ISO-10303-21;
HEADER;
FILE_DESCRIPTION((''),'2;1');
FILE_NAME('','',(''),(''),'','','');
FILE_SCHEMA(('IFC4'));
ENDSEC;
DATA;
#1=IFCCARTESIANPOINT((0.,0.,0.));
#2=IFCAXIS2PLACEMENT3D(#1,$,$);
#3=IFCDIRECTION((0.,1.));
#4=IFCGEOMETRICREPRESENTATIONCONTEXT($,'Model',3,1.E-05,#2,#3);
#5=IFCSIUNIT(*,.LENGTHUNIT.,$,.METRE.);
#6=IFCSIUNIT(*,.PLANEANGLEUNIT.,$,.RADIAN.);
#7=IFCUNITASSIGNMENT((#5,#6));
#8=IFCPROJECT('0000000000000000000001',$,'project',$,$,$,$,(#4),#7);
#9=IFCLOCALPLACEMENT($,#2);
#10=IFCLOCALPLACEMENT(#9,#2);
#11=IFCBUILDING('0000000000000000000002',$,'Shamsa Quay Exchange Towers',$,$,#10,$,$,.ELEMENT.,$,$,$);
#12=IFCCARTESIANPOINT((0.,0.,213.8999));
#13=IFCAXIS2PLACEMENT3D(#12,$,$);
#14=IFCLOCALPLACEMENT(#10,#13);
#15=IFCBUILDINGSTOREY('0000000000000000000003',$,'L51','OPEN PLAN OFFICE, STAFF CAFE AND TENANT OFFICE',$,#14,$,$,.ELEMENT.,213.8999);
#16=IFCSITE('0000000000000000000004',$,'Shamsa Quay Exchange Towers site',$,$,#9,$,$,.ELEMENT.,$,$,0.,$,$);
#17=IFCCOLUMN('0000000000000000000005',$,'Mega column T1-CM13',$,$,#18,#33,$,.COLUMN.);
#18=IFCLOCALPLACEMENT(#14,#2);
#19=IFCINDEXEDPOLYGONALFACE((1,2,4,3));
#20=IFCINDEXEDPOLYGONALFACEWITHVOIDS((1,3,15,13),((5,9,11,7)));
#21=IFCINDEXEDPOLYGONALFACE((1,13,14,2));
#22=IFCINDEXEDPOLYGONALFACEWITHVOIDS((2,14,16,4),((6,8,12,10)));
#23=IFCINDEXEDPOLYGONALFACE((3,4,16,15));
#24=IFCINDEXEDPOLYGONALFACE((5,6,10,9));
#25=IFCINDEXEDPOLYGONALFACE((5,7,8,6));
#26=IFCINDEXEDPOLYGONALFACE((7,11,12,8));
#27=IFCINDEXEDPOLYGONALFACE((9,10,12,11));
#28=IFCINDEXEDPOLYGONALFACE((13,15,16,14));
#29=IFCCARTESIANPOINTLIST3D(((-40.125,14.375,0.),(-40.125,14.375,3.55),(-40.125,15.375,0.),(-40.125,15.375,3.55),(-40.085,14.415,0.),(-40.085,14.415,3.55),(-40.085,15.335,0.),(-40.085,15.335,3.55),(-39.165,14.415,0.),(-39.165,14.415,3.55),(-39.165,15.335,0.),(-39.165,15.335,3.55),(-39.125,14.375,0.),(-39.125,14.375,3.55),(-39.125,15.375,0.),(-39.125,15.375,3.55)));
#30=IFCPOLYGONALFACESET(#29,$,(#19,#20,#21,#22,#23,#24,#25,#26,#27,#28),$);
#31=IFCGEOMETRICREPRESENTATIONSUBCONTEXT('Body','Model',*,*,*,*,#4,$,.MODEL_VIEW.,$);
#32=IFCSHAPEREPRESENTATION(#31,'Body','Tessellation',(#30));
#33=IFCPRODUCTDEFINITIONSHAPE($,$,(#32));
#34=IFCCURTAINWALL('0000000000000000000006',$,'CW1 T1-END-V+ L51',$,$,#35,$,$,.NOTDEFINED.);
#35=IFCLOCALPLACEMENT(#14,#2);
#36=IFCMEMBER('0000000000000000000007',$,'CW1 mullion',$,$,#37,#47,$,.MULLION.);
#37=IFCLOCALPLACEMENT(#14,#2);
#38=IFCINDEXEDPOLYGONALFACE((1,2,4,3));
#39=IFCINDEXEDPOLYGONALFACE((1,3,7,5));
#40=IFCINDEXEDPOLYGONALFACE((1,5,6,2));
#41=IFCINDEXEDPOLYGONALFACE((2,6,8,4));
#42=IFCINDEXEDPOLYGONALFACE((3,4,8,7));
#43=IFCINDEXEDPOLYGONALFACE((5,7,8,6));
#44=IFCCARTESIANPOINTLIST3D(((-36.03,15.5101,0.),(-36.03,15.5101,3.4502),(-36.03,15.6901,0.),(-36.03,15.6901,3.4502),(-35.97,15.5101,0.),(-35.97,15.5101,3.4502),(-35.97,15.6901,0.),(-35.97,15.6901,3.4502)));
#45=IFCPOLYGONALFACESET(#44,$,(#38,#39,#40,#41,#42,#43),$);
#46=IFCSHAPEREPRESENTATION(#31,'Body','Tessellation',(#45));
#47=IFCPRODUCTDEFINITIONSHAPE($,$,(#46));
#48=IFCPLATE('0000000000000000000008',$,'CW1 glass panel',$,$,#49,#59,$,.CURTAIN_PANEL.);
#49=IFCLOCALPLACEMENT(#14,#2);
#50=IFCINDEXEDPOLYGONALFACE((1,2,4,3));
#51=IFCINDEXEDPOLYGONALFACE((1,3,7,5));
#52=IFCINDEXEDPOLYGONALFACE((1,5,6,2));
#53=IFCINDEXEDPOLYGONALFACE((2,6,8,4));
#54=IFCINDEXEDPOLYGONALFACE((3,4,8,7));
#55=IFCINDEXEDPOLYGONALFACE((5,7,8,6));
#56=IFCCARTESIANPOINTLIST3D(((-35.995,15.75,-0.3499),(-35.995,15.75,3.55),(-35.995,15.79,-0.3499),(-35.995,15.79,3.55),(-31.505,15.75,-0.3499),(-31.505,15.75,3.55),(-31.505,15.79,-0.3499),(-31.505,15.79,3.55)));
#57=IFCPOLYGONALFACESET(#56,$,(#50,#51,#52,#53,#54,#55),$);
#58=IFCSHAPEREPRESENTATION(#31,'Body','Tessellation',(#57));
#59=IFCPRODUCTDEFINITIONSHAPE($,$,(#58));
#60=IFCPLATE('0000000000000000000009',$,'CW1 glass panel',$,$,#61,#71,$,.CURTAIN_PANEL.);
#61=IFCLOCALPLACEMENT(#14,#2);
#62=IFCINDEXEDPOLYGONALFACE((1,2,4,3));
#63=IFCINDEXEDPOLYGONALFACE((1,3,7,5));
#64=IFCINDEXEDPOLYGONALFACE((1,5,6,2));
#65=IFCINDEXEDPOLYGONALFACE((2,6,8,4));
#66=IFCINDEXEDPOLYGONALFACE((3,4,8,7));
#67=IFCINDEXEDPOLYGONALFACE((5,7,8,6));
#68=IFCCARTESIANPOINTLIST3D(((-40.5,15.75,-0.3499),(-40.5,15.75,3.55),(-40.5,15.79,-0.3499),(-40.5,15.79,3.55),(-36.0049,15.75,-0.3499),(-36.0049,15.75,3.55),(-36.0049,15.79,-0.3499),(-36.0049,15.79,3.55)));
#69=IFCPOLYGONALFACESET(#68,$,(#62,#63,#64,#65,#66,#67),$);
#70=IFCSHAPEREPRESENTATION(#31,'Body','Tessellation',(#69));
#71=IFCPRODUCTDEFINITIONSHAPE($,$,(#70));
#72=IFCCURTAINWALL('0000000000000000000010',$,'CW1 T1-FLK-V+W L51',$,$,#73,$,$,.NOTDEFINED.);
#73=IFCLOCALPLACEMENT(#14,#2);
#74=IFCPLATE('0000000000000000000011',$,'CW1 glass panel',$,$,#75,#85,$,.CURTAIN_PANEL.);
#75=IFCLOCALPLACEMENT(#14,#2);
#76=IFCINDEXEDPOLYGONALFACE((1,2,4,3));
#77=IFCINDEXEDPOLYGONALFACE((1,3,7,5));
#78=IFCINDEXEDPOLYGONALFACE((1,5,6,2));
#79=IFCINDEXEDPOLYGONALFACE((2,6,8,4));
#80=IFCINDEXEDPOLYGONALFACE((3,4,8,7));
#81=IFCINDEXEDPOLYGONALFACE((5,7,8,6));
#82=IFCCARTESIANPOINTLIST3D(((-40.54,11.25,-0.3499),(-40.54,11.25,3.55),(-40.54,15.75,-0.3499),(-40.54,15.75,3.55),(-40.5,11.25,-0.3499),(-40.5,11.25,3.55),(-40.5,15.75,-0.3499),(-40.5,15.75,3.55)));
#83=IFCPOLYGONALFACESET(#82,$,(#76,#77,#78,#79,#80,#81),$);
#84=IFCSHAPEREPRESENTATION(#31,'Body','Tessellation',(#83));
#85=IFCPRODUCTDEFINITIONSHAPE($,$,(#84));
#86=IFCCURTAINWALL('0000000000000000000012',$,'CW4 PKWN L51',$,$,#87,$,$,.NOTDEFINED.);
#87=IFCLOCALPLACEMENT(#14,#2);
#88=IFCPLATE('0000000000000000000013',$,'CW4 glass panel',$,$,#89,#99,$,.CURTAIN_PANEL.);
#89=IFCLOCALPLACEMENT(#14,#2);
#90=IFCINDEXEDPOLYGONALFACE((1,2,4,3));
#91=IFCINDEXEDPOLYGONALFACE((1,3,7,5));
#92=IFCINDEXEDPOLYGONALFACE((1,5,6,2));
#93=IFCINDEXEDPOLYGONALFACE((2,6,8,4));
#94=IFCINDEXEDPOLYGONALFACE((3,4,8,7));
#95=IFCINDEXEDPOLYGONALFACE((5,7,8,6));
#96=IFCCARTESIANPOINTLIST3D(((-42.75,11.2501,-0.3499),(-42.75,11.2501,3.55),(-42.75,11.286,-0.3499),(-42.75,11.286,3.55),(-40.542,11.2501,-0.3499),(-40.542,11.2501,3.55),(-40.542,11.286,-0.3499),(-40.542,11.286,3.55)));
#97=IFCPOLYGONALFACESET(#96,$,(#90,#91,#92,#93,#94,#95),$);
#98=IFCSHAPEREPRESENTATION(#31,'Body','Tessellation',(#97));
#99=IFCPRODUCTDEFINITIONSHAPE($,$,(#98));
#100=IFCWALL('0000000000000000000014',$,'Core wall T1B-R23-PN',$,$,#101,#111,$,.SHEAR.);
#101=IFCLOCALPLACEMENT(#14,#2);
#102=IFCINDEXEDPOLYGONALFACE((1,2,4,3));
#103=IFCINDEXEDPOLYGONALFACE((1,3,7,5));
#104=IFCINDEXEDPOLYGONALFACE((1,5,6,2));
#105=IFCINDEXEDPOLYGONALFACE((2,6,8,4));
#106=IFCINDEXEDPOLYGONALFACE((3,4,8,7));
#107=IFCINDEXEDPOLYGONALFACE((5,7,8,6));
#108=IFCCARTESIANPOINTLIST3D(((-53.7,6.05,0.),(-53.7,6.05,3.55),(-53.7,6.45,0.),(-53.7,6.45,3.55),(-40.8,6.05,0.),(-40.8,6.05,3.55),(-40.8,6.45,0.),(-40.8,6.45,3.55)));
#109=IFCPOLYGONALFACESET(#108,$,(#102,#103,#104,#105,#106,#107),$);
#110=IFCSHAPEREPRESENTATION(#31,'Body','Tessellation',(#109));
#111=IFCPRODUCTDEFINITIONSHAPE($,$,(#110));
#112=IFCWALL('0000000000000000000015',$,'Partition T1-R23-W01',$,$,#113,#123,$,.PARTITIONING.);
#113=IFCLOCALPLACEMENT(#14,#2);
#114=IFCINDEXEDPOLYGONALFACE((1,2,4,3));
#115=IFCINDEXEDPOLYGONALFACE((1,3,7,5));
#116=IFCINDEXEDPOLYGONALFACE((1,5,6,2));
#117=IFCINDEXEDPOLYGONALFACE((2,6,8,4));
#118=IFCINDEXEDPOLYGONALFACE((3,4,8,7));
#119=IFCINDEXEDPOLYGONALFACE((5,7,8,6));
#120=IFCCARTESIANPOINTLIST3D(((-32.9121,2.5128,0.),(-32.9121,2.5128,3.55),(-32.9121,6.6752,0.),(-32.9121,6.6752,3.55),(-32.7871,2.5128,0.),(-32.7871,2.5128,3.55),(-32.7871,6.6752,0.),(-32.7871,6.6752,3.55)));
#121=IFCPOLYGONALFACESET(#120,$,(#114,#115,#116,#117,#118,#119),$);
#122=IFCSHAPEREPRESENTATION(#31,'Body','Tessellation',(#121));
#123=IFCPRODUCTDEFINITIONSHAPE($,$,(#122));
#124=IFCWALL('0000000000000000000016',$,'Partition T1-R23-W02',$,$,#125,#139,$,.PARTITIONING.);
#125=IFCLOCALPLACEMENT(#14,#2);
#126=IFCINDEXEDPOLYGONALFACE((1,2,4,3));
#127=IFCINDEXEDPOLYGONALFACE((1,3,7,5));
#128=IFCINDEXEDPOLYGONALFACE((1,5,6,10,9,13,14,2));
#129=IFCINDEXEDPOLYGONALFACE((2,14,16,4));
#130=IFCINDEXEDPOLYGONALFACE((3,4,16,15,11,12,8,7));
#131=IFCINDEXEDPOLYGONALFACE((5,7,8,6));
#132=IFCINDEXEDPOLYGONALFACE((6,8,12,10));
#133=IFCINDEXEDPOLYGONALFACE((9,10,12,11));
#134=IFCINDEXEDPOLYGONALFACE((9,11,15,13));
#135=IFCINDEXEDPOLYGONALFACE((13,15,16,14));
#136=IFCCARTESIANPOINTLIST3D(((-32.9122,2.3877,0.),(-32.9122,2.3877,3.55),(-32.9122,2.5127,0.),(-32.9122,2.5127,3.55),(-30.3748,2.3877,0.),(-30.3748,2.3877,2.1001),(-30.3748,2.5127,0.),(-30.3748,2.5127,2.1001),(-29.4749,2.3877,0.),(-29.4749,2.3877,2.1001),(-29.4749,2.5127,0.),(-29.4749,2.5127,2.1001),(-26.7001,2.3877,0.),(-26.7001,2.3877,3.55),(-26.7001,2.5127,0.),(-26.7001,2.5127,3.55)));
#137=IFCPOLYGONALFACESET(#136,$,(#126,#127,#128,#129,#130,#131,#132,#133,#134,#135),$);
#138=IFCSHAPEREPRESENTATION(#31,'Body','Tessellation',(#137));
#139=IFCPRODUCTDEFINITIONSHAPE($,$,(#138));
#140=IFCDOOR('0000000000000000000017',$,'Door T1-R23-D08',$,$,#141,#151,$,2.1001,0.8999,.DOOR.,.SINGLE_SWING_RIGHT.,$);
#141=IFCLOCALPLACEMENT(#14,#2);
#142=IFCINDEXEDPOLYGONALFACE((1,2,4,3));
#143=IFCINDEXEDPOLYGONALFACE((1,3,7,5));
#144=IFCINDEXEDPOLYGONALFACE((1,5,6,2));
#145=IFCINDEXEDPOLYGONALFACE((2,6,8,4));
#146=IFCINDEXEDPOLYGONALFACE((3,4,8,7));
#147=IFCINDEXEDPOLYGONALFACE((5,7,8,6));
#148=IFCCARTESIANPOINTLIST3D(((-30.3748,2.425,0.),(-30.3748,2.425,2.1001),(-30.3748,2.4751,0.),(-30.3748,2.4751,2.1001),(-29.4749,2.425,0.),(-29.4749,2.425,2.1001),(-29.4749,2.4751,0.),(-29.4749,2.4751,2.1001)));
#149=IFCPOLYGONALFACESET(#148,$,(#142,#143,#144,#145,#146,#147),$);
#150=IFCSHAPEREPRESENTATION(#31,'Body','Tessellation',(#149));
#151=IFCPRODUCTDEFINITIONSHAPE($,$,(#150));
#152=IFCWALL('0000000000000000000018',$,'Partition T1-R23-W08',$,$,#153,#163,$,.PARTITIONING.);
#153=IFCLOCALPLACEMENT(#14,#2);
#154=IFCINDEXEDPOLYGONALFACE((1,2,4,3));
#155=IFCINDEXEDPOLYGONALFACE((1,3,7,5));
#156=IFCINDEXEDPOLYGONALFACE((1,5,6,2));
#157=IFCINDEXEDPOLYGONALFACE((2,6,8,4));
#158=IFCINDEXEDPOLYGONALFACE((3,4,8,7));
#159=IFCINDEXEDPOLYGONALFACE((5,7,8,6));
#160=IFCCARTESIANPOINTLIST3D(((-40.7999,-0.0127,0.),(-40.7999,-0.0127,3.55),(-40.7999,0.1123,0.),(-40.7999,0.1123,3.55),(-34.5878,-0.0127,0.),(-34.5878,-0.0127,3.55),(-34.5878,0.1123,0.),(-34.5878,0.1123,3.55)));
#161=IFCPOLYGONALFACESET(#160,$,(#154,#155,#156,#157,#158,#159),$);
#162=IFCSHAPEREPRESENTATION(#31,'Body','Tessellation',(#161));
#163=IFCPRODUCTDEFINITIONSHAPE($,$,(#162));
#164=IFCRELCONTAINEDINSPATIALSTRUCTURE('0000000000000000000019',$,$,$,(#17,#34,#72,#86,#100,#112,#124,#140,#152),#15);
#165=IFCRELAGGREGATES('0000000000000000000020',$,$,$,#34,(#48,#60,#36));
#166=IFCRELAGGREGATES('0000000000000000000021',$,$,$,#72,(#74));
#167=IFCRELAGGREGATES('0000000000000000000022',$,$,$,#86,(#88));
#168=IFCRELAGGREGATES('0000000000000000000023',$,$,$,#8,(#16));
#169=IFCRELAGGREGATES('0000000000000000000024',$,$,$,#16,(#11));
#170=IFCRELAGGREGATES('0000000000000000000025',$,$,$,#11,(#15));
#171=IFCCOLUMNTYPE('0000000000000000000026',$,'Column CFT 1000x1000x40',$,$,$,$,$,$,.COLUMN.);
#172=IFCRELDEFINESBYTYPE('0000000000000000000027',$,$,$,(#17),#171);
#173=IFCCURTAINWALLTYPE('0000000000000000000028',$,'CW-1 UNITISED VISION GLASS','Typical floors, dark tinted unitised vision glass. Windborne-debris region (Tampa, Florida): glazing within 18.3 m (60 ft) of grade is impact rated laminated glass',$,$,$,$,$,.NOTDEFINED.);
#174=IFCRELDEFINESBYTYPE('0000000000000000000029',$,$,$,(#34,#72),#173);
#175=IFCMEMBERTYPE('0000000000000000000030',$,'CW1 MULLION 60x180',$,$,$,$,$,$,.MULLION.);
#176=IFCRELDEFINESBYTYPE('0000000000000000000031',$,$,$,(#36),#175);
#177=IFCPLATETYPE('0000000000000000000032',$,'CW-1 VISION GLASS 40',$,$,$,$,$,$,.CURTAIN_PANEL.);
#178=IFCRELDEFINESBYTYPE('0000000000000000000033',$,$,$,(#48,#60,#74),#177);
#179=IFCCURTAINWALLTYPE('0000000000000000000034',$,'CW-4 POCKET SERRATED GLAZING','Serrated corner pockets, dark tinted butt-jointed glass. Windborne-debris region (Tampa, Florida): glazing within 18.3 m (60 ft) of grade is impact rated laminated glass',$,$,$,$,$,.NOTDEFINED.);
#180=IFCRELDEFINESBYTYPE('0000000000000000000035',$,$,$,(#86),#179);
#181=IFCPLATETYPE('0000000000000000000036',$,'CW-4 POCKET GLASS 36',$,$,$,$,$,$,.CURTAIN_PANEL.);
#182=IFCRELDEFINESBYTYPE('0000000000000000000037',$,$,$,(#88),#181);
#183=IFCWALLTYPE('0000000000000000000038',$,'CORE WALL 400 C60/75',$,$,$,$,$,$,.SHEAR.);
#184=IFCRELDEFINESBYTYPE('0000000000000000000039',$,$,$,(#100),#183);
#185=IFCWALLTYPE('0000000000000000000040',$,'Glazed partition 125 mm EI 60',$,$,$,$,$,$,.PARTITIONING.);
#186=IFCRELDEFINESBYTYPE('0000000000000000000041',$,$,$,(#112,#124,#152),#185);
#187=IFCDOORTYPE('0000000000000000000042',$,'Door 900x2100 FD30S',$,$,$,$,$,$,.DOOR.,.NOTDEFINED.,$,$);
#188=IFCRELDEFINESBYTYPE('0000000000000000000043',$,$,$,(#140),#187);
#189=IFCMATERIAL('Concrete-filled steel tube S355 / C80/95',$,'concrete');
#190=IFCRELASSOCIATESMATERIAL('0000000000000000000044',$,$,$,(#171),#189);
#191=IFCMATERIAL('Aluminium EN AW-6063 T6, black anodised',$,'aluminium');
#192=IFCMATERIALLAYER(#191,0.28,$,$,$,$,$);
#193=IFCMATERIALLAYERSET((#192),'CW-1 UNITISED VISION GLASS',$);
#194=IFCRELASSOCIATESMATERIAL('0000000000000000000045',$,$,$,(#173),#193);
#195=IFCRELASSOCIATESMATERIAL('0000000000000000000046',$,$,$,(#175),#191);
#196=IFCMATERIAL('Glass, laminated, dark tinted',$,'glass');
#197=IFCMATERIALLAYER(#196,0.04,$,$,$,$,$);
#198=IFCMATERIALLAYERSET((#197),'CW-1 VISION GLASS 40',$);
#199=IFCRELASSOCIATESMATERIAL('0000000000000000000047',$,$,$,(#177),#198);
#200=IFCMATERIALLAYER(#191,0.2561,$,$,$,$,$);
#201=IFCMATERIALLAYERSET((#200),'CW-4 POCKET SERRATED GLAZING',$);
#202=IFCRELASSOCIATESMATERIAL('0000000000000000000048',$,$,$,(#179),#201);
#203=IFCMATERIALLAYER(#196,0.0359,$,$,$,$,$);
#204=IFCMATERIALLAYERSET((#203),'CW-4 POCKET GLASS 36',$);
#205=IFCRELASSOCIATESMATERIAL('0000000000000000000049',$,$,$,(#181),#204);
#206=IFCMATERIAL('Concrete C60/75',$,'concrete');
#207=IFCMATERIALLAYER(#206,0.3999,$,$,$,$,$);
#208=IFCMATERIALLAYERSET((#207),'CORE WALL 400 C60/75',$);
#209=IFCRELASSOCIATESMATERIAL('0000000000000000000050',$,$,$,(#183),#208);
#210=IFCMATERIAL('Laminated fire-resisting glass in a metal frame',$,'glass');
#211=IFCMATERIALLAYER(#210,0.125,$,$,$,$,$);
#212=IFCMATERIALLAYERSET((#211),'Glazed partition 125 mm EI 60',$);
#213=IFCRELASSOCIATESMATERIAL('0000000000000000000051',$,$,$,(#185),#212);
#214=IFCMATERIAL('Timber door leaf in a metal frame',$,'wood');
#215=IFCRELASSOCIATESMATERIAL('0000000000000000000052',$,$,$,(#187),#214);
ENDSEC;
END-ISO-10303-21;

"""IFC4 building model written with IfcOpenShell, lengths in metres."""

from ifc_helpers import new_model, si_unit, direction, frame, frame_2d, origin, origin_2d, place, context, subcontext, project, spatial, rectangle, hollow_rectangle, extrude, material, layer, layer_set, material_profile, profile_set, type_object, element, fill, aggregate, save


model = new_model("IFC4")

# Units and contexts
model_context = context("Model", 3, precision=1e-05, world=origin(), true_north=direction((0.0, 1.0)))
body_context = subcontext(model_context, "Body", "Model", "MODEL_VIEW")
ifc_project = project(units=[si_unit("LENGTHUNIT", "METRE"), si_unit("PLANEANGLEUNIT", "RADIAN")], contexts=[model_context])

# Site, building, storey
site_placement = place(None, origin())
site = spatial("IfcSite", under=ifc_project, at=site_placement, Name="Shamsa Quay Exchange Towers site", CompositionType="ELEMENT", RefElevation=0.0)
building_placement = place(site_placement, origin())
building = spatial("IfcBuilding", under=site, at=building_placement, Name="Shamsa Quay Exchange Towers", CompositionType="ELEMENT")
storey_placement = place(building_placement, frame((0.0, 0.0, 213.8999)))
storey = spatial("IfcBuildingStorey", under=building, at=storey_placement, Name="L51", Description="OPEN PLAN OFFICE, STAFF CAFE AND TENANT OFFICE", CompositionType="ELEMENT", Elevation=213.8999)

# Column
ifc_material_1 = material(Name="Concrete-filled steel tube S355 / C80/95", Category="concrete")
ifc_material_profile_1 = material_profile(ifc_material_1, hollow_rectangle(XDim=1.0, YDim=1.0, WallThickness=0.04, at=origin_2d()), Name="CFT 1000x1000x40")
ifc_profile_set_1 = profile_set([ifc_material_profile_1], Name="Concrete-filled steel tube S355 / C80/95")
column_type = type_object("IfcColumnType", Name="Column CFT 1000x1000x40", PredefinedType="COLUMN", material=ifc_profile_set_1)
column_placement = place(storey_placement, frame((-39.625, 14.875, 0.0)))
element("IfcColumn", 1, at=column_placement, inside=storey, type_object=column_type, Name="Mega column T1-CM13", PredefinedType="COLUMN", context=body_context, shape_type="SweptSolid", body=[
    extrude(hollow_rectangle(XDim=1.0, YDim=1.0, WallThickness=0.04, at=origin_2d()), origin(), (0.0, 0.0, 1.0), 3.55),
])

# Curtain wall, member, plates
ifc_material_2 = material(Name="Aluminium EN AW-6063 T6, black anodised", Category="aluminium")
ifc_layer_1 = layer(ifc_material_2, 0.28)
ifc_layer_set_1 = layer_set([ifc_layer_1], Name="CW-1 UNITISED VISION GLASS")
curtain_wall_type_1 = type_object("IfcCurtainWallType", Name="CW-1 UNITISED VISION GLASS", Description="Typical floors, dark tinted unitised vision glass. Windborne-debris region (Tampa, Florida): glazing within 18.3 m (60 ft) of grade is impact rated laminated glass", PredefinedType="NOTDEFINED", material=ifc_layer_set_1)
curtain_wall_1_placement = place(storey_placement, origin())
curtain_wall_1 = element("IfcCurtainWall", 2, at=curtain_wall_1_placement, inside=storey, type_object=curtain_wall_type_1, Name="CW1 T1-END-V+ L51", PredefinedType="NOTDEFINED")
ifc_material_profile_2 = material_profile(ifc_material_2, rectangle(XDim=0.1799, YDim=0.0601, at=origin_2d()), Name="MU60x180")
ifc_profile_set_2 = profile_set([ifc_material_profile_2], Name="Aluminium EN AW-6063 T6, black anodised")
member_type = type_object("IfcMemberType", Name="CW1 MULLION 60x180", PredefinedType="MULLION", material=ifc_profile_set_2)
member_placement = place(storey_placement, frame((-36.0, 15.6001, 0.0), z_axis=(0.0, 0.0, 1.0), x_axis=(0.0, -1.0, 0.0)))
member = element("IfcMember", 3, at=member_placement, type_object=member_type, Name="CW1 mullion", PredefinedType="MULLION", context=body_context, shape_type="SweptSolid", body=[
    extrude(rectangle(XDim=0.1799, YDim=0.0601, at=origin_2d()), origin(), (0.0, 0.0, 1.0), 3.4502),
])
ifc_material_3 = material(Name="Glass, laminated, dark tinted", Category="glass")
ifc_layer_2 = layer(ifc_material_3, 0.04)
ifc_layer_set_2 = layer_set([ifc_layer_2], Name="CW-1 VISION GLASS 40")
plate_type_1 = type_object("IfcPlateType", Name="CW-1 VISION GLASS 40", PredefinedType="CURTAIN_PANEL", material=ifc_layer_set_2)
plate_1_placement = place(storey_placement, frame((-33.75, 15.77, -0.3499), z_axis=(0.0, 0.0, 1.0), x_axis=(-1.0, 0.0, 0.0)))
plate_1 = element("IfcPlate", 4, at=plate_1_placement, type_object=plate_type_1, Name="CW1 glass panel", PredefinedType="CURTAIN_PANEL", context=body_context, shape_type="SweptSolid", body=[
    extrude(rectangle(XDim=4.49, YDim=0.04, at=origin_2d()), origin(), (0.0, 0.0, 1.0), 3.8999),
])
plate_2_placement = place(storey_placement, frame((-38.2524, 15.77, -0.3499), z_axis=(0.0, 0.0, 1.0), x_axis=(-1.0, 0.0, 0.0)))
plate_2 = element("IfcPlate", 5, at=plate_2_placement, type_object=plate_type_1, Name="CW1 glass panel", PredefinedType="CURTAIN_PANEL", context=body_context, shape_type="SweptSolid", body=[
    extrude(rectangle(XDim=4.4951, YDim=0.04, at=origin_2d()), origin(), (0.0, 0.0, 1.0), 3.8999),
])
aggregate(curtain_wall_1, [plate_1, plate_2, member])

# Curtain walls, plates
curtain_wall_2_placement = place(storey_placement, origin())
curtain_wall_2 = element("IfcCurtainWall", 6, at=curtain_wall_2_placement, inside=storey, type_object=curtain_wall_type_1, Name="CW1 T1-FLK-V+W L51", PredefinedType="NOTDEFINED")
plate_3_placement = place(storey_placement, frame((-40.52, 13.5, -0.3499), z_axis=(0.0, 0.0, 1.0), x_axis=(0.0, -1.0, 0.0)))
plate_3 = element("IfcPlate", 7, at=plate_3_placement, type_object=plate_type_1, Name="CW1 glass panel", PredefinedType="CURTAIN_PANEL", context=body_context, shape_type="SweptSolid", body=[
    extrude(rectangle(XDim=4.5, YDim=0.04, at=origin_2d()), origin(), (0.0, 0.0, 1.0), 3.8999),
])
aggregate(curtain_wall_2, [plate_3])
ifc_layer_3 = layer(ifc_material_2, 0.2561)
ifc_layer_set_3 = layer_set([ifc_layer_3], Name="CW-4 POCKET SERRATED GLAZING")
curtain_wall_type_2 = type_object("IfcCurtainWallType", Name="CW-4 POCKET SERRATED GLAZING", Description="Serrated corner pockets, dark tinted butt-jointed glass. Windborne-debris region (Tampa, Florida): glazing within 18.3 m (60 ft) of grade is impact rated laminated glass", PredefinedType="NOTDEFINED", material=ifc_layer_set_3)
curtain_wall_3_placement = place(storey_placement, origin())
curtain_wall_3 = element("IfcCurtainWall", 8, at=curtain_wall_3_placement, inside=storey, type_object=curtain_wall_type_2, Name="CW4 PKWN L51", PredefinedType="NOTDEFINED")
ifc_layer_4 = layer(ifc_material_3, 0.0359)
ifc_layer_set_4 = layer_set([ifc_layer_4], Name="CW-4 POCKET GLASS 36")
plate_type_2 = type_object("IfcPlateType", Name="CW-4 POCKET GLASS 36", PredefinedType="CURTAIN_PANEL", material=ifc_layer_set_4)
plate_4_placement = place(storey_placement, frame((-41.646, 11.2681, -0.3499), z_axis=(0.0, 0.0, 1.0), x_axis=(-1.0, 0.0, 0.0)))
plate_4 = element("IfcPlate", 9, at=plate_4_placement, type_object=plate_type_2, Name="CW4 glass panel", PredefinedType="CURTAIN_PANEL", context=body_context, shape_type="SweptSolid", body=[
    extrude(rectangle(XDim=2.208, YDim=0.0359, at=origin_2d()), origin(), (0.0, 0.0, 1.0), 3.8999),
])
aggregate(curtain_wall_3, [plate_4])

# Walls
ifc_material_4 = material(Name="Concrete C60/75", Category="concrete")
ifc_layer_5 = layer(ifc_material_4, 0.3999)
ifc_layer_set_5 = layer_set([ifc_layer_5], Name="CORE WALL 400 C60/75")
wall_type_1 = type_object("IfcWallType", Name="CORE WALL 400 C60/75", PredefinedType="SHEAR", material=ifc_layer_set_5)
wall_1_placement = place(storey_placement, frame((-40.8, 6.25, 0.0), z_axis=(0.0, 0.0, 1.0), x_axis=(-1.0, 0.0, 0.0)))
element("IfcWall", 10, at=wall_1_placement, inside=storey, type_object=wall_type_1, Name="Core wall T1B-R23-PN", PredefinedType="SHEAR", context=body_context, shape_type="SweptSolid", body=[
    extrude(rectangle(XDim=12.8999, YDim=0.3999, at=frame_2d((6.45, 0.0))), origin(), (0.0, 0.0, 1.0), 3.55),
])
ifc_material_5 = material(Name="Laminated fire-resisting glass in a metal frame", Category="glass")
ifc_layer_6 = layer(ifc_material_5, 0.125)
ifc_layer_set_6 = layer_set([ifc_layer_6], Name="Glazed partition 125 mm EI 60")
wall_type_2 = type_object("IfcWallType", Name="Glazed partition 125 mm EI 60", PredefinedType="PARTITIONING", material=ifc_layer_set_6)
wall_2_placement = place(storey_placement, frame((-32.8496, 6.675, 0.0), z_axis=(0.0, 0.0, 1.0), x_axis=(0.0, -1.0, 0.0)))
element("IfcWall", 11, at=wall_2_placement, inside=storey, type_object=wall_type_2, Name="Partition T1-R23-W01", PredefinedType="PARTITIONING", context=body_context, shape_type="SweptSolid", body=[
    extrude(rectangle(XDim=4.1624, YDim=0.125, at=frame_2d((2.0811, 0.0))), origin(), (0.0, 0.0, 1.0), 3.55),
])

# Wall, opening, door
wall_3_placement = place(storey_placement, frame((-32.9121, 2.4502, 0.0)))
wall_3 = element("IfcWall", 12, at=wall_3_placement, inside=storey, type_object=wall_type_2, Name="Partition T1-R23-W02", PredefinedType="PARTITIONING", context=body_context, shape_type="SweptSolid", body=[
    extrude(rectangle(XDim=6.2122, YDim=0.125, at=frame_2d((3.106, 0.0))), origin(), (0.0, 0.0, 1.0), 3.55),
])
opening_1_placement = place(wall_3_placement, frame((2.5374, 0.0, 0.0)))
opening_1 = element("IfcOpeningElement", 13, at=opening_1_placement, cuts=wall_3, PredefinedType="OPENING", context=body_context, shape_type="SweptSolid", body=[
    extrude(rectangle(XDim=0.8999, YDim=2.1001, at=frame_2d((0.45, 1.05))), frame((0.0, 0.0725, 0.0), z_axis=(0.0, -1.0, 0.0), x_axis=(1.0, 0.0, 0.0)), (0.0, 0.0, 1.0), 0.145),
])
ifc_material_6 = material(Name="Timber door leaf in a metal frame", Category="wood")
door_type_1 = type_object("IfcDoorType", Name="Door 900x2100 FD30S", OperationType="NOTDEFINED", PredefinedType="DOOR", material=ifc_material_6)
door_1_placement = place(opening_1_placement, origin())
door_1 = element("IfcDoor", 14, at=door_1_placement, inside=storey, type_object=door_type_1, Name="Door T1-R23-D08", OperationType="SINGLE_SWING_RIGHT", OverallHeight=2.1001, OverallWidth=0.8999, PredefinedType="DOOR", context=body_context, shape_type="SweptSolid", body=[
    extrude(rectangle(XDim=0.8999, YDim=2.1001, at=frame_2d((0.45, 1.05))), frame((0.0, 0.0249, 0.0), z_axis=(0.0, -1.0, 0.0), x_axis=(1.0, 0.0, 0.0)), (0.0, 0.0, 1.0), 0.05),
])
fill(opening_1, door_1)

# Wall
wall_4_placement = place(storey_placement, frame((-34.5879, 0.0498, 0.0), z_axis=(0.0, 0.0, 1.0), x_axis=(-1.0, 0.0, 0.0)))
element("IfcWall", 15, at=wall_4_placement, inside=storey, type_object=wall_type_2, Name="Partition T1-R23-W08", PredefinedType="PARTITIONING", context=body_context, shape_type="SweptSolid", body=[
    extrude(rectangle(XDim=6.2122, YDim=0.125, at=frame_2d((3.106, 0.0))), origin(), (0.0, 0.0, 1.0), 3.55),
])

save(model, "model.ifc")
